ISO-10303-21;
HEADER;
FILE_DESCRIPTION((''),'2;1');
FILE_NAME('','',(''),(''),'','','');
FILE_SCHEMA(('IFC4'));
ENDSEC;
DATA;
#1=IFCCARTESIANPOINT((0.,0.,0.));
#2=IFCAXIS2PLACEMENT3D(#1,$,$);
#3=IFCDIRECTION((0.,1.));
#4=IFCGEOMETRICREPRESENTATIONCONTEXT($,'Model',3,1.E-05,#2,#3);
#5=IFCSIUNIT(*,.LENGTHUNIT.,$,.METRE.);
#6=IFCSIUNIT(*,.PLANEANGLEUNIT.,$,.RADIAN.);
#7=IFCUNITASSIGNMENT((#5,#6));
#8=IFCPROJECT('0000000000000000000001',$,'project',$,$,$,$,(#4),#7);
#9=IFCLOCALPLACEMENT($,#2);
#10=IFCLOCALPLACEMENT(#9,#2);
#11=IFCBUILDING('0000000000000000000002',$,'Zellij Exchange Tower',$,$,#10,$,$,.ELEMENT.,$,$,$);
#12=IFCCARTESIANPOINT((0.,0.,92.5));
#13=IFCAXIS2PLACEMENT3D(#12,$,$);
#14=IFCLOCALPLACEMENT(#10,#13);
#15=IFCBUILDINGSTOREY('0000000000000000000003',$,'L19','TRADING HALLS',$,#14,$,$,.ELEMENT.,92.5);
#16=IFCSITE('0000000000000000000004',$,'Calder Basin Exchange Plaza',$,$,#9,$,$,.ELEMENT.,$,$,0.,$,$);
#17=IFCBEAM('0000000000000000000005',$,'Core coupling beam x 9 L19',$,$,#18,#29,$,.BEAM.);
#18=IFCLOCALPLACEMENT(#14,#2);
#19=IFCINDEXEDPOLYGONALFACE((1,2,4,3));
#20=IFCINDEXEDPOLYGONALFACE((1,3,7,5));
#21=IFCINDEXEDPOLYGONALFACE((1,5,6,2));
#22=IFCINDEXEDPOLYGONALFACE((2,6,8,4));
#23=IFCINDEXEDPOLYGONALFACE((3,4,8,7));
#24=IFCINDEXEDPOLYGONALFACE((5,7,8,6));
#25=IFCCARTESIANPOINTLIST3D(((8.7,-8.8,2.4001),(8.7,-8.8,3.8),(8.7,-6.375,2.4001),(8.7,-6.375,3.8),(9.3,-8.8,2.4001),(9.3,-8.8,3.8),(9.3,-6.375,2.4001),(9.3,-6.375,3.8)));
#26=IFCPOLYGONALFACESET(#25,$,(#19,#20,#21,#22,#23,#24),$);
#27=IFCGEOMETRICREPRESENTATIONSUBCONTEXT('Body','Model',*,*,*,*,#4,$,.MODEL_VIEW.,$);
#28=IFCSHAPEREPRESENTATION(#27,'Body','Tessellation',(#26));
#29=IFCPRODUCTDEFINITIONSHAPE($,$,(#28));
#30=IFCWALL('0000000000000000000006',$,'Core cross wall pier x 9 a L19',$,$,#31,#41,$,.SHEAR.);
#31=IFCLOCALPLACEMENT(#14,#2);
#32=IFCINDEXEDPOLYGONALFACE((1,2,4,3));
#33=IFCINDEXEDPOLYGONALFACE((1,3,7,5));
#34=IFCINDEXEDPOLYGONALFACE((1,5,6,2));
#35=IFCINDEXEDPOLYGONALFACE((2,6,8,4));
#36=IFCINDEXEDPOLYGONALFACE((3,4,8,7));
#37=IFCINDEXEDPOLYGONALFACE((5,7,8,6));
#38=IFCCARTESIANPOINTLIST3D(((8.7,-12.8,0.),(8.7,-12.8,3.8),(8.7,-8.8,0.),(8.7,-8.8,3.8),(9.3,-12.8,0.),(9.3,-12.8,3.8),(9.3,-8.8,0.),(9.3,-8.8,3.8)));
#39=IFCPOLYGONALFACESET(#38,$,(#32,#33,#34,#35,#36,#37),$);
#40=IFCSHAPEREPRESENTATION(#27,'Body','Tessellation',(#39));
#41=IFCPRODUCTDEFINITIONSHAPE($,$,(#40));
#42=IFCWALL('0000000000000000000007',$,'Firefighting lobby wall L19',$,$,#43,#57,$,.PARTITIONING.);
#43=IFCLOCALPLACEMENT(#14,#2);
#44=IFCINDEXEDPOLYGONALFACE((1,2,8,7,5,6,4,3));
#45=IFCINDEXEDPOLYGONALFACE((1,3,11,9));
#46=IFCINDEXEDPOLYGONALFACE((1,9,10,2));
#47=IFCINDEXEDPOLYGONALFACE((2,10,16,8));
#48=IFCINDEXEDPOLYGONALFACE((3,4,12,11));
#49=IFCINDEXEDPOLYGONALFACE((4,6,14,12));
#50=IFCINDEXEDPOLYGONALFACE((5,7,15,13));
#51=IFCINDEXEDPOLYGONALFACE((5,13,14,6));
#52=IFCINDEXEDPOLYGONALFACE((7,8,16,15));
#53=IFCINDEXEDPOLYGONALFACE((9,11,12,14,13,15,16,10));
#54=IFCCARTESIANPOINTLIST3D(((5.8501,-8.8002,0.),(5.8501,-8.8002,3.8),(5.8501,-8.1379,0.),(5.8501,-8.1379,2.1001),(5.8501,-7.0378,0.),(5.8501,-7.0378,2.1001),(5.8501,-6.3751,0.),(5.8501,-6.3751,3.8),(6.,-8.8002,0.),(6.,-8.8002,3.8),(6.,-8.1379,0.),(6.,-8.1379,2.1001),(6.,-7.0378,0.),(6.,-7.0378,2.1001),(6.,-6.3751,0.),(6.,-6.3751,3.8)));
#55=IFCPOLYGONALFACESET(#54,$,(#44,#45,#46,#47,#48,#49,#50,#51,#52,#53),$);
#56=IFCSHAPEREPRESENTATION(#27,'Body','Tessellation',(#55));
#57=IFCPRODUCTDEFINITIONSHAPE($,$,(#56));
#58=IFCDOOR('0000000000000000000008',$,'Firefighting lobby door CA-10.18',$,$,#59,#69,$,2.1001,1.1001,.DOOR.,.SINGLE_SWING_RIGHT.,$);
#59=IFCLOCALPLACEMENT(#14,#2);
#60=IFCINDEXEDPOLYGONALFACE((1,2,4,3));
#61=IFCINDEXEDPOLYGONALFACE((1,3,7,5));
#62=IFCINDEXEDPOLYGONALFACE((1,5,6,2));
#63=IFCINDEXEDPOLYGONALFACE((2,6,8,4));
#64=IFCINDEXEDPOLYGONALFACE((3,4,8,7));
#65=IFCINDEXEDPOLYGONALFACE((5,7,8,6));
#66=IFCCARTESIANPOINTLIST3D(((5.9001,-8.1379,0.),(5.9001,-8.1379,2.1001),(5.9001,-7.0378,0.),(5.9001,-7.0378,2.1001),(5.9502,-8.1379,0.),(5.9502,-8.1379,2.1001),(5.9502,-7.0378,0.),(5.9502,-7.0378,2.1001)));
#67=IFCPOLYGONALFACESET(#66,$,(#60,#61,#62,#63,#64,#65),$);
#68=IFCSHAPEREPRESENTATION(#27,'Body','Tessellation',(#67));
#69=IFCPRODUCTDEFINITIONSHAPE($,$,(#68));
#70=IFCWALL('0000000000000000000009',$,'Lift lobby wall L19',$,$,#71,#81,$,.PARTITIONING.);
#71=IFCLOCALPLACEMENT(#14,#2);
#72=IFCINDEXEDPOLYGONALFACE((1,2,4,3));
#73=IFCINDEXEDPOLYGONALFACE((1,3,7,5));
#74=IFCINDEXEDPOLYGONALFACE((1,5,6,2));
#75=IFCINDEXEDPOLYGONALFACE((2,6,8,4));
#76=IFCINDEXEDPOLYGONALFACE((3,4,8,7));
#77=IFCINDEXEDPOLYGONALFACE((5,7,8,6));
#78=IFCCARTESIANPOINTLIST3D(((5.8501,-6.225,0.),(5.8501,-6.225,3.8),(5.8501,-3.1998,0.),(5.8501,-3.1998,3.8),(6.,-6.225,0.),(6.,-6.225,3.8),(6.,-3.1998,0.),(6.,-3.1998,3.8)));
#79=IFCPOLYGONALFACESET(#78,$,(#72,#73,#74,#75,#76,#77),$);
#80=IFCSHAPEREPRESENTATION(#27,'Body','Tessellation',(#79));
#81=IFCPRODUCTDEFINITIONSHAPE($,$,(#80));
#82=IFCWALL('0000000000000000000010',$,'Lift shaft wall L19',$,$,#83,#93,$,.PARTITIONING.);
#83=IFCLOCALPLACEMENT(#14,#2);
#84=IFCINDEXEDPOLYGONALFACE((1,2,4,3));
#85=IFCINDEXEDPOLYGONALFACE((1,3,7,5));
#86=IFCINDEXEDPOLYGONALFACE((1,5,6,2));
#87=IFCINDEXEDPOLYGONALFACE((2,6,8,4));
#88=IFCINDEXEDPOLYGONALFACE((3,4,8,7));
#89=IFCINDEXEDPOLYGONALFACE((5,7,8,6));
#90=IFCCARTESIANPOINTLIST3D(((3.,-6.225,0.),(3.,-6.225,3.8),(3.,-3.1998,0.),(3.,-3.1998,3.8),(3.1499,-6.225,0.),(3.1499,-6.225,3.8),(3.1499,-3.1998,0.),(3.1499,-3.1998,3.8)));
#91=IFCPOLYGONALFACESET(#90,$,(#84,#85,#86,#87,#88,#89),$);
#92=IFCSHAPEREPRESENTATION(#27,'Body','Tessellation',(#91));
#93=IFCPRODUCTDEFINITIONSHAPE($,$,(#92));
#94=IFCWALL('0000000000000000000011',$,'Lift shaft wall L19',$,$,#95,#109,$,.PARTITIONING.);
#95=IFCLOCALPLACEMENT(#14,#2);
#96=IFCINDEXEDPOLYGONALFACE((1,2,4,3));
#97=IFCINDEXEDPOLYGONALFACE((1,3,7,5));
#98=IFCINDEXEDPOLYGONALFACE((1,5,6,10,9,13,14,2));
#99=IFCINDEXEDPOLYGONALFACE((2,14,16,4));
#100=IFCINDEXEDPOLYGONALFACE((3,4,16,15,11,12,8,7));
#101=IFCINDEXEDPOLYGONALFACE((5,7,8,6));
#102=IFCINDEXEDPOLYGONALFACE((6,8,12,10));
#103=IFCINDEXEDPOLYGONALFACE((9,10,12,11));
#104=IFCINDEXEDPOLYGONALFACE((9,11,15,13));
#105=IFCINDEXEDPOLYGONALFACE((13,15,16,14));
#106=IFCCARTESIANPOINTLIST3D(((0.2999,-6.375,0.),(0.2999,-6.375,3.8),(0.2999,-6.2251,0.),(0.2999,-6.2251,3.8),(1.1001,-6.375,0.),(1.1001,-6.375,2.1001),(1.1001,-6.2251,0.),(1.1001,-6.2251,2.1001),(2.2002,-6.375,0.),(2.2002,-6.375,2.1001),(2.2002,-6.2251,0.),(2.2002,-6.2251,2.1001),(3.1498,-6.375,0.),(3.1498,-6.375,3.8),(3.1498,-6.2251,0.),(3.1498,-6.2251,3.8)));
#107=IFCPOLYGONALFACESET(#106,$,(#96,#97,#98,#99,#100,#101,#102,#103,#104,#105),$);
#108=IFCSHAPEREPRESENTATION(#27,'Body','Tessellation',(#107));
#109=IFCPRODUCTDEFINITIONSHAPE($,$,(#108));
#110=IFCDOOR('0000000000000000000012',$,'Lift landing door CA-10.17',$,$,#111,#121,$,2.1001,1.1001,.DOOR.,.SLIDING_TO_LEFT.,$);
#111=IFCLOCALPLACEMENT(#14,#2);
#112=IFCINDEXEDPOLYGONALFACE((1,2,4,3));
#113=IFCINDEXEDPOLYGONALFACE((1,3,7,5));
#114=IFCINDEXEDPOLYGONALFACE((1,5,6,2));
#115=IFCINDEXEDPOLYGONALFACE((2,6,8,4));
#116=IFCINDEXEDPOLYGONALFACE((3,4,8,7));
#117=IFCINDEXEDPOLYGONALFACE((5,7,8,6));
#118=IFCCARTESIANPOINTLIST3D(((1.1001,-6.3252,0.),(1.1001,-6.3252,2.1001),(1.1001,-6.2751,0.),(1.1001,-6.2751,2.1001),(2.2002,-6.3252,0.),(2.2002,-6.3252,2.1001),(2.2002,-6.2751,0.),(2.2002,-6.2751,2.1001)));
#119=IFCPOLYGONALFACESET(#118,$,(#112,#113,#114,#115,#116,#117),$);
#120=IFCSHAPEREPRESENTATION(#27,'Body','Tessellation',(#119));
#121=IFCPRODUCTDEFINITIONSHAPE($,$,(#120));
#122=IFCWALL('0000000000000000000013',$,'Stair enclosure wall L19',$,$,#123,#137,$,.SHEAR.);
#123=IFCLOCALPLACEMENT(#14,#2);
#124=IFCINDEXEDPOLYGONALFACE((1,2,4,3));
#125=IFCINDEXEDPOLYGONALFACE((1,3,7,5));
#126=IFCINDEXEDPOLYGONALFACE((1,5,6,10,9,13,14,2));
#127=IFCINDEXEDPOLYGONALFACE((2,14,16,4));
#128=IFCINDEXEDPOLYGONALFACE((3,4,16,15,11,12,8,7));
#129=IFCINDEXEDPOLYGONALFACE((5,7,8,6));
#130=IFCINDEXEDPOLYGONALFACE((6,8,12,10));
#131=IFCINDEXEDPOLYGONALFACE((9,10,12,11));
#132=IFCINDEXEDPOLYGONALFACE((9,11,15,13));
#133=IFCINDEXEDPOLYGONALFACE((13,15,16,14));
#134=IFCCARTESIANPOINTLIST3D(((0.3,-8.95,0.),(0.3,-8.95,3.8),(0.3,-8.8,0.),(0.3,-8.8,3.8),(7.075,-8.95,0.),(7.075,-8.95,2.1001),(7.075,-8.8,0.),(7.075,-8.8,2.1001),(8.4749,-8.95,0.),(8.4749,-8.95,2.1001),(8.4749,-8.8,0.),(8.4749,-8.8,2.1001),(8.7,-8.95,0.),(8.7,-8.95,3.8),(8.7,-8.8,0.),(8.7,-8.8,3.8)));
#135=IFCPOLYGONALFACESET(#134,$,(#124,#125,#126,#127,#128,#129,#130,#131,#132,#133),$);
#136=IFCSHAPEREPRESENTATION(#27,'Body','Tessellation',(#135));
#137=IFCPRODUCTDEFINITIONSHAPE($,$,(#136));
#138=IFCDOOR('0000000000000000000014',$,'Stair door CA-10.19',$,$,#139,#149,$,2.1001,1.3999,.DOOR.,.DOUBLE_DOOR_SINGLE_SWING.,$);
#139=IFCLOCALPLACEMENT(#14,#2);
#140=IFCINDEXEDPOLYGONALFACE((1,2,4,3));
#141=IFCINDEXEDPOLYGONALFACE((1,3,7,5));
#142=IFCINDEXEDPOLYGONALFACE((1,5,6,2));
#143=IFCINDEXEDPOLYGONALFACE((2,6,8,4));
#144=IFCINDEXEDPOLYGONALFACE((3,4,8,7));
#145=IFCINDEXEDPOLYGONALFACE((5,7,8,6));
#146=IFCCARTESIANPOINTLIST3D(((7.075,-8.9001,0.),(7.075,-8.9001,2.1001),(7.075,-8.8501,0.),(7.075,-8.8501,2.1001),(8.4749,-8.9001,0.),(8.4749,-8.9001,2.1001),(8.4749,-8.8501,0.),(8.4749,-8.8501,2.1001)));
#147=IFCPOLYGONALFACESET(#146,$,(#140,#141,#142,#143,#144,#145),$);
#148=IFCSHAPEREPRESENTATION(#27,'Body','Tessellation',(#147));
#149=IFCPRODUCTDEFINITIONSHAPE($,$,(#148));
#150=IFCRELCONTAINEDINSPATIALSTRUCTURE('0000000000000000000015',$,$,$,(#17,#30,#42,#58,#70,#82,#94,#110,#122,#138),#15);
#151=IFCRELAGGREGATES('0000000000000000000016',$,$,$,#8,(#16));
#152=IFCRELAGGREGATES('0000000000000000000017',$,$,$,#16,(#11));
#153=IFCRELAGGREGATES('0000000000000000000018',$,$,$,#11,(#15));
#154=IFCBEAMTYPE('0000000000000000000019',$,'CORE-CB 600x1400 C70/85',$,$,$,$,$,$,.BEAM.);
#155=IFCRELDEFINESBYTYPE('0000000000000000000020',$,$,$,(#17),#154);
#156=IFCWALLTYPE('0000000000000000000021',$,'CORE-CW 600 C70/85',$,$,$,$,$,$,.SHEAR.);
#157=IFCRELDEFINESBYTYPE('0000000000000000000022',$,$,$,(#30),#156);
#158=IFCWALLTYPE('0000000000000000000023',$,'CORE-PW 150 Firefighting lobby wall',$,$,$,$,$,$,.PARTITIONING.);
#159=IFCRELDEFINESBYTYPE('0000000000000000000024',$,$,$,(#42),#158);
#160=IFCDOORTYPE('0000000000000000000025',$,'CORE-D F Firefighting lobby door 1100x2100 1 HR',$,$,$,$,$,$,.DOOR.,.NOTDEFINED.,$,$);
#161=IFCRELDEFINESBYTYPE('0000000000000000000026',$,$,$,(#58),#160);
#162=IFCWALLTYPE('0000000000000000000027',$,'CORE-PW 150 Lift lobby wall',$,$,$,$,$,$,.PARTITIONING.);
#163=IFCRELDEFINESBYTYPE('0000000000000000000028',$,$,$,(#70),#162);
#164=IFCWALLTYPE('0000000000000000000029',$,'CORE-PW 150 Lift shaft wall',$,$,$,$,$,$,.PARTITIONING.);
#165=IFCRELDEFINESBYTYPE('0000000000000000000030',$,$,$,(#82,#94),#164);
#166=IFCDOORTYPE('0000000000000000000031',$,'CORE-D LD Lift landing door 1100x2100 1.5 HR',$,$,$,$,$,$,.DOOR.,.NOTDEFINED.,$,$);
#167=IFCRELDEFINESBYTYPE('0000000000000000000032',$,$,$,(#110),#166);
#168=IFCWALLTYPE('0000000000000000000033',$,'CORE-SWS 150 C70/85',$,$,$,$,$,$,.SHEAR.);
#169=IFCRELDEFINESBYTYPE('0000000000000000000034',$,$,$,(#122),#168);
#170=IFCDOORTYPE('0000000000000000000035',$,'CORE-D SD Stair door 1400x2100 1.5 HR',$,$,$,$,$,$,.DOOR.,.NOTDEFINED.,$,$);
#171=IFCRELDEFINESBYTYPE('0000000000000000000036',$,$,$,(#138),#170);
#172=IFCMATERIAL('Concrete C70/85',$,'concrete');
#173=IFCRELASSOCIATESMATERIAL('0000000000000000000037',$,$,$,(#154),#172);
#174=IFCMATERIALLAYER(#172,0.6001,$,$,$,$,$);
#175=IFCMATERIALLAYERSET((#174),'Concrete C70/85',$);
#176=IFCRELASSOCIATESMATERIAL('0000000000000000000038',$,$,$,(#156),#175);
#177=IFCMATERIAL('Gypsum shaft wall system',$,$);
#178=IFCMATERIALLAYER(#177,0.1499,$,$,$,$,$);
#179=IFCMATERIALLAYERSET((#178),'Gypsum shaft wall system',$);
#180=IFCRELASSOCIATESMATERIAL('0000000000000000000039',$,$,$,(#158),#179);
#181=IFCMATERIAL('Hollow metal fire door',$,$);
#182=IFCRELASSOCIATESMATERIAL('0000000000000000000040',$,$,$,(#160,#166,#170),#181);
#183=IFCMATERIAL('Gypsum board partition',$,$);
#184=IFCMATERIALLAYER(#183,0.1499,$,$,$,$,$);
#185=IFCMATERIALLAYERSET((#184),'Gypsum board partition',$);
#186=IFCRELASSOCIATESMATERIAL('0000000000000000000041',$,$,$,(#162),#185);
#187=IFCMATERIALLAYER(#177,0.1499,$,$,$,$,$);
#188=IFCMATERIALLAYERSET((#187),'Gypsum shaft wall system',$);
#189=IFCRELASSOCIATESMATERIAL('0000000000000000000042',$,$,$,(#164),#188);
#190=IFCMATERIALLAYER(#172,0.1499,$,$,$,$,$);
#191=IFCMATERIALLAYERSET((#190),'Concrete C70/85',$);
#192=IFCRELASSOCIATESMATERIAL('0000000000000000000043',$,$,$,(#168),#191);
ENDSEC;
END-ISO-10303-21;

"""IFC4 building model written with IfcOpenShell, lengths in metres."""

from ifc_helpers import new_model, si_unit, direction, frame, frame_2d, origin, origin_2d, place, context, subcontext, project, spatial, rectangle, extrude, material, layer, layer_set, material_profile, profile_set, type_object, element, fill, save


model = new_model("IFC4")

# Units and contexts
model_context = context("Model", 3, precision=1e-05, world=origin(), true_north=direction((0.0, 1.0)))
body_context = subcontext(model_context, "Body", "Model", "MODEL_VIEW")
ifc_project = project(units=[si_unit("LENGTHUNIT", "METRE"), si_unit("PLANEANGLEUNIT", "RADIAN")], contexts=[model_context])

# Site, building, storey
site_placement = place(None, origin())
site = spatial("IfcSite", under=ifc_project, at=site_placement, Name="Calder Basin Exchange Plaza", CompositionType="ELEMENT", RefElevation=0.0)
building_placement = place(site_placement, origin())
building = spatial("IfcBuilding", under=site, at=building_placement, Name="Zellij Exchange Tower", CompositionType="ELEMENT")
storey_placement = place(building_placement, frame((0.0, 0.0, 92.5)))
storey = spatial("IfcBuildingStorey", under=building, at=storey_placement, Name="L19", Description="TRADING HALLS", CompositionType="ELEMENT", Elevation=92.5)

# Beam
ifc_material_1 = material(Name="Concrete C70/85", Category="concrete")
ifc_material_profile = material_profile(ifc_material_1, rectangle(XDim=0.6001, YDim=1.3999, at=origin_2d()), Name="CORE-CB 600x1400 C70/85")
ifc_profile_set = profile_set([ifc_material_profile], Name="Concrete C70/85")
beam_type = type_object("IfcBeamType", Name="CORE-CB 600x1400 C70/85", PredefinedType="BEAM", material=ifc_profile_set)
beam_placement = place(storey_placement, frame((9.0, -8.8, 3.1001), z_axis=(0.0, 1.0, 0.0), x_axis=(-1.0, 0.0, 0.0)))
element("IfcBeam", 1, at=beam_placement, inside=storey, type_object=beam_type, Name="Core coupling beam x 9 L19", PredefinedType="BEAM", context=body_context, shape_type="SweptSolid", body=[
    extrude(rectangle(XDim=0.6001, YDim=1.3999, at=origin_2d()), origin(), (0.0, 0.0, 1.0), 2.425),
])

# Wall
ifc_layer_1 = layer(ifc_material_1, 0.6001)
ifc_layer_set_1 = layer_set([ifc_layer_1], Name="Concrete C70/85")
wall_type_1 = type_object("IfcWallType", Name="CORE-CW 600 C70/85", PredefinedType="SHEAR", material=ifc_layer_set_1)
wall_1_placement = place(storey_placement, frame((9.0, -12.8, 0.0), z_axis=(0.0, 0.0, 1.0), x_axis=(0.0, 1.0, 0.0)))
element("IfcWall", 2, at=wall_1_placement, inside=storey, type_object=wall_type_1, Name="Core cross wall pier x 9 a L19", PredefinedType="SHEAR", context=body_context, shape_type="SweptSolid", body=[
    extrude(rectangle(XDim=4.0, YDim=0.6001, at=frame_2d((2.0, 0.0))), origin(), (0.0, 0.0, 1.0), 3.8),
])

# Wall, opening, door
ifc_material_2 = material(Name="Gypsum shaft wall system")
ifc_layer_2 = layer(ifc_material_2, 0.1499)
ifc_layer_set_2 = layer_set([ifc_layer_2], Name="Gypsum shaft wall system")
wall_type_2 = type_object("IfcWallType", Name="CORE-PW 150 Firefighting lobby wall", PredefinedType="PARTITIONING", material=ifc_layer_set_2)
wall_2_placement = place(storey_placement, frame((5.925, -8.8, 0.0), z_axis=(0.0, 0.0, 1.0), x_axis=(0.0, 1.0, 0.0)))
wall_2 = element("IfcWall", 3, at=wall_2_placement, inside=storey, type_object=wall_type_2, Name="Firefighting lobby wall L19", PredefinedType="PARTITIONING", context=body_context, shape_type="SweptSolid", body=[
    extrude(rectangle(XDim=2.425, YDim=0.1499, at=frame_2d((1.2124, 0.0))), origin(), (0.0, 0.0, 1.0), 3.8),
])
opening_1_placement = place(wall_2_placement, frame((0.6621, 0.0, 0.0)))
opening_1 = element("IfcOpeningElement", 4, at=opening_1_placement, cuts=wall_2, PredefinedType="OPENING", context=body_context, shape_type="SweptSolid", body=[
    extrude(rectangle(XDim=1.1001, YDim=2.1001, at=frame_2d((0.55, 1.05))), frame((0.0, 0.0869, 0.0), z_axis=(0.0, -1.0, 0.0), x_axis=(1.0, 0.0, 0.0)), (0.0, 0.0, 1.0), 0.1738),
])
ifc_material_3 = material(Name="Hollow metal fire door")
door_type_1 = type_object("IfcDoorType", Name="CORE-D F Firefighting lobby door 1100x2100 1 HR", OperationType="NOTDEFINED", PredefinedType="DOOR", material=ifc_material_3)
door_1_placement = place(opening_1_placement, origin())
door_1 = element("IfcDoor", 5, at=door_1_placement, inside=storey, type_object=door_type_1, Name="Firefighting lobby door CA-10.18", OperationType="SINGLE_SWING_RIGHT", OverallHeight=2.1001, OverallWidth=1.1001, PredefinedType="DOOR", context=body_context, shape_type="SweptSolid", body=[
    extrude(rectangle(XDim=1.1001, YDim=2.1001, at=frame_2d((0.55, 1.05))), frame((0.0, 0.0249, 0.0), z_axis=(0.0, -1.0, 0.0), x_axis=(1.0, 0.0, 0.0)), (0.0, 0.0, 1.0), 0.05),
])
fill(opening_1, door_1)

# Walls
ifc_material_4 = material(Name="Gypsum board partition")
ifc_layer_3 = layer(ifc_material_4, 0.1499)
ifc_layer_set_3 = layer_set([ifc_layer_3], Name="Gypsum board partition")
wall_type_3 = type_object("IfcWallType", Name="CORE-PW 150 Lift lobby wall", PredefinedType="PARTITIONING", material=ifc_layer_set_3)
wall_3_placement = place(storey_placement, frame((5.925, -6.2251, 0.0), z_axis=(0.0, 0.0, 1.0), x_axis=(0.0, 1.0, 0.0)))
element("IfcWall", 6, at=wall_3_placement, inside=storey, type_object=wall_type_3, Name="Lift lobby wall L19", PredefinedType="PARTITIONING", context=body_context, shape_type="SweptSolid", body=[
    extrude(rectangle(XDim=3.0251, YDim=0.1499, at=frame_2d((1.5127, 0.0))), origin(), (0.0, 0.0, 1.0), 3.8),
])
ifc_layer_4 = layer(ifc_material_2, 0.1499)
ifc_layer_set_4 = layer_set([ifc_layer_4], Name="Gypsum shaft wall system")
wall_type_4 = type_object("IfcWallType", Name="CORE-PW 150 Lift shaft wall", PredefinedType="PARTITIONING", material=ifc_layer_set_4)
wall_4_placement = place(storey_placement, frame((3.075, -6.2251, 0.0), z_axis=(0.0, 0.0, 1.0), x_axis=(0.0, 1.0, 0.0)))
element("IfcWall", 7, at=wall_4_placement, inside=storey, type_object=wall_type_4, Name="Lift shaft wall L19", PredefinedType="PARTITIONING", context=body_context, shape_type="SweptSolid", body=[
    extrude(rectangle(XDim=3.0251, YDim=0.1499, at=frame_2d((1.5127, 0.0))), origin(), (0.0, 0.0, 1.0), 3.8),
])

# Walls, openings, doors
wall_5_placement = place(storey_placement, frame((0.3, -6.3, 0.0), z_axis=(0.0, 0.0, 1.0), x_axis=(1.0, 0.0, 0.0)))
wall_5 = element("IfcWall", 8, at=wall_5_placement, inside=storey, type_object=wall_type_4, Name="Lift shaft wall L19", PredefinedType="PARTITIONING", context=body_context, shape_type="SweptSolid", body=[
    extrude(rectangle(XDim=2.8499, YDim=0.1499, at=frame_2d((1.4248, 0.0))), origin(), (0.0, 0.0, 1.0), 3.8),
])
opening_2_placement = place(wall_5_placement, frame((0.8, 0.0, 0.0)))
opening_2 = element("IfcOpeningElement", 9, at=opening_2_placement, cuts=wall_5, PredefinedType="OPENING", context=body_context, shape_type="SweptSolid", body=[
    extrude(rectangle(XDim=1.1001, YDim=2.1001, at=frame_2d((0.55, 1.05))), frame((0.0, 0.0869, 0.0), z_axis=(0.0, -1.0, 0.0), x_axis=(1.0, 0.0, 0.0)), (0.0, 0.0, 1.0), 0.1738),
])
door_type_2 = type_object("IfcDoorType", Name="CORE-D LD Lift landing door 1100x2100 1.5 HR", OperationType="NOTDEFINED", PredefinedType="DOOR", material=ifc_material_3)
door_2_placement = place(opening_2_placement, origin())
door_2 = element("IfcDoor", 10, at=door_2_placement, inside=storey, type_object=door_type_2, Name="Lift landing door CA-10.17", OperationType="SLIDING_TO_LEFT", OverallHeight=2.1001, OverallWidth=1.1001, PredefinedType="DOOR", context=body_context, shape_type="SweptSolid", body=[
    extrude(rectangle(XDim=1.1001, YDim=2.1001, at=frame_2d((0.55, 1.05))), frame((0.0, 0.0249, 0.0), z_axis=(0.0, -1.0, 0.0), x_axis=(1.0, 0.0, 0.0)), (0.0, 0.0, 1.0), 0.05),
])
fill(opening_2, door_2)
ifc_layer_5 = layer(ifc_material_1, 0.1499)
ifc_layer_set_5 = layer_set([ifc_layer_5], Name="Concrete C70/85")
wall_type_5 = type_object("IfcWallType", Name="CORE-SWS 150 C70/85", PredefinedType="SHEAR", material=ifc_layer_set_5)
wall_6_placement = place(storey_placement, frame((0.3, -8.875, 0.0), z_axis=(0.0, 0.0, 1.0), x_axis=(1.0, 0.0, 0.0)))
wall_6 = element("IfcWall", 11, at=wall_6_placement, inside=storey, type_object=wall_type_5, Name="Stair enclosure wall L19", PredefinedType="SHEAR", context=body_context, shape_type="SweptSolid", body=[
    extrude(rectangle(XDim=8.3999, YDim=0.1499, at=frame_2d((4.2, 0.0))), origin(), (0.0, 0.0, 1.0), 3.8),
])
opening_3_placement = place(wall_6_placement, frame((6.7749, 0.0, 0.0)))
opening_3 = element("IfcOpeningElement", 12, at=opening_3_placement, cuts=wall_6, PredefinedType="OPENING", context=body_context, shape_type="SweptSolid", body=[
    extrude(rectangle(XDim=1.3999, YDim=2.1001, at=frame_2d((0.7, 1.05))), frame((0.0, 0.0869, 0.0), z_axis=(0.0, -1.0, 0.0), x_axis=(1.0, 0.0, 0.0)), (0.0, 0.0, 1.0), 0.1738),
])
door_type_3 = type_object("IfcDoorType", Name="CORE-D SD Stair door 1400x2100 1.5 HR", OperationType="NOTDEFINED", PredefinedType="DOOR", material=ifc_material_3)
door_3_placement = place(opening_3_placement, origin())
door_3 = element("IfcDoor", 13, at=door_3_placement, inside=storey, type_object=door_type_3, Name="Stair door CA-10.19", OperationType="DOUBLE_DOOR_SINGLE_SWING", OverallHeight=2.1001, OverallWidth=1.3999, PredefinedType="DOOR", context=body_context, shape_type="SweptSolid", body=[
    extrude(rectangle(XDim=1.3999, YDim=2.1001, at=frame_2d((0.7, 1.05))), frame((0.0, 0.0249, 0.0), z_axis=(0.0, -1.0, 0.0), x_axis=(1.0, 0.0, 0.0)), (0.0, 0.0, 1.0), 0.05),
])
fill(opening_3, door_3)

save(model, "model.ifc")
